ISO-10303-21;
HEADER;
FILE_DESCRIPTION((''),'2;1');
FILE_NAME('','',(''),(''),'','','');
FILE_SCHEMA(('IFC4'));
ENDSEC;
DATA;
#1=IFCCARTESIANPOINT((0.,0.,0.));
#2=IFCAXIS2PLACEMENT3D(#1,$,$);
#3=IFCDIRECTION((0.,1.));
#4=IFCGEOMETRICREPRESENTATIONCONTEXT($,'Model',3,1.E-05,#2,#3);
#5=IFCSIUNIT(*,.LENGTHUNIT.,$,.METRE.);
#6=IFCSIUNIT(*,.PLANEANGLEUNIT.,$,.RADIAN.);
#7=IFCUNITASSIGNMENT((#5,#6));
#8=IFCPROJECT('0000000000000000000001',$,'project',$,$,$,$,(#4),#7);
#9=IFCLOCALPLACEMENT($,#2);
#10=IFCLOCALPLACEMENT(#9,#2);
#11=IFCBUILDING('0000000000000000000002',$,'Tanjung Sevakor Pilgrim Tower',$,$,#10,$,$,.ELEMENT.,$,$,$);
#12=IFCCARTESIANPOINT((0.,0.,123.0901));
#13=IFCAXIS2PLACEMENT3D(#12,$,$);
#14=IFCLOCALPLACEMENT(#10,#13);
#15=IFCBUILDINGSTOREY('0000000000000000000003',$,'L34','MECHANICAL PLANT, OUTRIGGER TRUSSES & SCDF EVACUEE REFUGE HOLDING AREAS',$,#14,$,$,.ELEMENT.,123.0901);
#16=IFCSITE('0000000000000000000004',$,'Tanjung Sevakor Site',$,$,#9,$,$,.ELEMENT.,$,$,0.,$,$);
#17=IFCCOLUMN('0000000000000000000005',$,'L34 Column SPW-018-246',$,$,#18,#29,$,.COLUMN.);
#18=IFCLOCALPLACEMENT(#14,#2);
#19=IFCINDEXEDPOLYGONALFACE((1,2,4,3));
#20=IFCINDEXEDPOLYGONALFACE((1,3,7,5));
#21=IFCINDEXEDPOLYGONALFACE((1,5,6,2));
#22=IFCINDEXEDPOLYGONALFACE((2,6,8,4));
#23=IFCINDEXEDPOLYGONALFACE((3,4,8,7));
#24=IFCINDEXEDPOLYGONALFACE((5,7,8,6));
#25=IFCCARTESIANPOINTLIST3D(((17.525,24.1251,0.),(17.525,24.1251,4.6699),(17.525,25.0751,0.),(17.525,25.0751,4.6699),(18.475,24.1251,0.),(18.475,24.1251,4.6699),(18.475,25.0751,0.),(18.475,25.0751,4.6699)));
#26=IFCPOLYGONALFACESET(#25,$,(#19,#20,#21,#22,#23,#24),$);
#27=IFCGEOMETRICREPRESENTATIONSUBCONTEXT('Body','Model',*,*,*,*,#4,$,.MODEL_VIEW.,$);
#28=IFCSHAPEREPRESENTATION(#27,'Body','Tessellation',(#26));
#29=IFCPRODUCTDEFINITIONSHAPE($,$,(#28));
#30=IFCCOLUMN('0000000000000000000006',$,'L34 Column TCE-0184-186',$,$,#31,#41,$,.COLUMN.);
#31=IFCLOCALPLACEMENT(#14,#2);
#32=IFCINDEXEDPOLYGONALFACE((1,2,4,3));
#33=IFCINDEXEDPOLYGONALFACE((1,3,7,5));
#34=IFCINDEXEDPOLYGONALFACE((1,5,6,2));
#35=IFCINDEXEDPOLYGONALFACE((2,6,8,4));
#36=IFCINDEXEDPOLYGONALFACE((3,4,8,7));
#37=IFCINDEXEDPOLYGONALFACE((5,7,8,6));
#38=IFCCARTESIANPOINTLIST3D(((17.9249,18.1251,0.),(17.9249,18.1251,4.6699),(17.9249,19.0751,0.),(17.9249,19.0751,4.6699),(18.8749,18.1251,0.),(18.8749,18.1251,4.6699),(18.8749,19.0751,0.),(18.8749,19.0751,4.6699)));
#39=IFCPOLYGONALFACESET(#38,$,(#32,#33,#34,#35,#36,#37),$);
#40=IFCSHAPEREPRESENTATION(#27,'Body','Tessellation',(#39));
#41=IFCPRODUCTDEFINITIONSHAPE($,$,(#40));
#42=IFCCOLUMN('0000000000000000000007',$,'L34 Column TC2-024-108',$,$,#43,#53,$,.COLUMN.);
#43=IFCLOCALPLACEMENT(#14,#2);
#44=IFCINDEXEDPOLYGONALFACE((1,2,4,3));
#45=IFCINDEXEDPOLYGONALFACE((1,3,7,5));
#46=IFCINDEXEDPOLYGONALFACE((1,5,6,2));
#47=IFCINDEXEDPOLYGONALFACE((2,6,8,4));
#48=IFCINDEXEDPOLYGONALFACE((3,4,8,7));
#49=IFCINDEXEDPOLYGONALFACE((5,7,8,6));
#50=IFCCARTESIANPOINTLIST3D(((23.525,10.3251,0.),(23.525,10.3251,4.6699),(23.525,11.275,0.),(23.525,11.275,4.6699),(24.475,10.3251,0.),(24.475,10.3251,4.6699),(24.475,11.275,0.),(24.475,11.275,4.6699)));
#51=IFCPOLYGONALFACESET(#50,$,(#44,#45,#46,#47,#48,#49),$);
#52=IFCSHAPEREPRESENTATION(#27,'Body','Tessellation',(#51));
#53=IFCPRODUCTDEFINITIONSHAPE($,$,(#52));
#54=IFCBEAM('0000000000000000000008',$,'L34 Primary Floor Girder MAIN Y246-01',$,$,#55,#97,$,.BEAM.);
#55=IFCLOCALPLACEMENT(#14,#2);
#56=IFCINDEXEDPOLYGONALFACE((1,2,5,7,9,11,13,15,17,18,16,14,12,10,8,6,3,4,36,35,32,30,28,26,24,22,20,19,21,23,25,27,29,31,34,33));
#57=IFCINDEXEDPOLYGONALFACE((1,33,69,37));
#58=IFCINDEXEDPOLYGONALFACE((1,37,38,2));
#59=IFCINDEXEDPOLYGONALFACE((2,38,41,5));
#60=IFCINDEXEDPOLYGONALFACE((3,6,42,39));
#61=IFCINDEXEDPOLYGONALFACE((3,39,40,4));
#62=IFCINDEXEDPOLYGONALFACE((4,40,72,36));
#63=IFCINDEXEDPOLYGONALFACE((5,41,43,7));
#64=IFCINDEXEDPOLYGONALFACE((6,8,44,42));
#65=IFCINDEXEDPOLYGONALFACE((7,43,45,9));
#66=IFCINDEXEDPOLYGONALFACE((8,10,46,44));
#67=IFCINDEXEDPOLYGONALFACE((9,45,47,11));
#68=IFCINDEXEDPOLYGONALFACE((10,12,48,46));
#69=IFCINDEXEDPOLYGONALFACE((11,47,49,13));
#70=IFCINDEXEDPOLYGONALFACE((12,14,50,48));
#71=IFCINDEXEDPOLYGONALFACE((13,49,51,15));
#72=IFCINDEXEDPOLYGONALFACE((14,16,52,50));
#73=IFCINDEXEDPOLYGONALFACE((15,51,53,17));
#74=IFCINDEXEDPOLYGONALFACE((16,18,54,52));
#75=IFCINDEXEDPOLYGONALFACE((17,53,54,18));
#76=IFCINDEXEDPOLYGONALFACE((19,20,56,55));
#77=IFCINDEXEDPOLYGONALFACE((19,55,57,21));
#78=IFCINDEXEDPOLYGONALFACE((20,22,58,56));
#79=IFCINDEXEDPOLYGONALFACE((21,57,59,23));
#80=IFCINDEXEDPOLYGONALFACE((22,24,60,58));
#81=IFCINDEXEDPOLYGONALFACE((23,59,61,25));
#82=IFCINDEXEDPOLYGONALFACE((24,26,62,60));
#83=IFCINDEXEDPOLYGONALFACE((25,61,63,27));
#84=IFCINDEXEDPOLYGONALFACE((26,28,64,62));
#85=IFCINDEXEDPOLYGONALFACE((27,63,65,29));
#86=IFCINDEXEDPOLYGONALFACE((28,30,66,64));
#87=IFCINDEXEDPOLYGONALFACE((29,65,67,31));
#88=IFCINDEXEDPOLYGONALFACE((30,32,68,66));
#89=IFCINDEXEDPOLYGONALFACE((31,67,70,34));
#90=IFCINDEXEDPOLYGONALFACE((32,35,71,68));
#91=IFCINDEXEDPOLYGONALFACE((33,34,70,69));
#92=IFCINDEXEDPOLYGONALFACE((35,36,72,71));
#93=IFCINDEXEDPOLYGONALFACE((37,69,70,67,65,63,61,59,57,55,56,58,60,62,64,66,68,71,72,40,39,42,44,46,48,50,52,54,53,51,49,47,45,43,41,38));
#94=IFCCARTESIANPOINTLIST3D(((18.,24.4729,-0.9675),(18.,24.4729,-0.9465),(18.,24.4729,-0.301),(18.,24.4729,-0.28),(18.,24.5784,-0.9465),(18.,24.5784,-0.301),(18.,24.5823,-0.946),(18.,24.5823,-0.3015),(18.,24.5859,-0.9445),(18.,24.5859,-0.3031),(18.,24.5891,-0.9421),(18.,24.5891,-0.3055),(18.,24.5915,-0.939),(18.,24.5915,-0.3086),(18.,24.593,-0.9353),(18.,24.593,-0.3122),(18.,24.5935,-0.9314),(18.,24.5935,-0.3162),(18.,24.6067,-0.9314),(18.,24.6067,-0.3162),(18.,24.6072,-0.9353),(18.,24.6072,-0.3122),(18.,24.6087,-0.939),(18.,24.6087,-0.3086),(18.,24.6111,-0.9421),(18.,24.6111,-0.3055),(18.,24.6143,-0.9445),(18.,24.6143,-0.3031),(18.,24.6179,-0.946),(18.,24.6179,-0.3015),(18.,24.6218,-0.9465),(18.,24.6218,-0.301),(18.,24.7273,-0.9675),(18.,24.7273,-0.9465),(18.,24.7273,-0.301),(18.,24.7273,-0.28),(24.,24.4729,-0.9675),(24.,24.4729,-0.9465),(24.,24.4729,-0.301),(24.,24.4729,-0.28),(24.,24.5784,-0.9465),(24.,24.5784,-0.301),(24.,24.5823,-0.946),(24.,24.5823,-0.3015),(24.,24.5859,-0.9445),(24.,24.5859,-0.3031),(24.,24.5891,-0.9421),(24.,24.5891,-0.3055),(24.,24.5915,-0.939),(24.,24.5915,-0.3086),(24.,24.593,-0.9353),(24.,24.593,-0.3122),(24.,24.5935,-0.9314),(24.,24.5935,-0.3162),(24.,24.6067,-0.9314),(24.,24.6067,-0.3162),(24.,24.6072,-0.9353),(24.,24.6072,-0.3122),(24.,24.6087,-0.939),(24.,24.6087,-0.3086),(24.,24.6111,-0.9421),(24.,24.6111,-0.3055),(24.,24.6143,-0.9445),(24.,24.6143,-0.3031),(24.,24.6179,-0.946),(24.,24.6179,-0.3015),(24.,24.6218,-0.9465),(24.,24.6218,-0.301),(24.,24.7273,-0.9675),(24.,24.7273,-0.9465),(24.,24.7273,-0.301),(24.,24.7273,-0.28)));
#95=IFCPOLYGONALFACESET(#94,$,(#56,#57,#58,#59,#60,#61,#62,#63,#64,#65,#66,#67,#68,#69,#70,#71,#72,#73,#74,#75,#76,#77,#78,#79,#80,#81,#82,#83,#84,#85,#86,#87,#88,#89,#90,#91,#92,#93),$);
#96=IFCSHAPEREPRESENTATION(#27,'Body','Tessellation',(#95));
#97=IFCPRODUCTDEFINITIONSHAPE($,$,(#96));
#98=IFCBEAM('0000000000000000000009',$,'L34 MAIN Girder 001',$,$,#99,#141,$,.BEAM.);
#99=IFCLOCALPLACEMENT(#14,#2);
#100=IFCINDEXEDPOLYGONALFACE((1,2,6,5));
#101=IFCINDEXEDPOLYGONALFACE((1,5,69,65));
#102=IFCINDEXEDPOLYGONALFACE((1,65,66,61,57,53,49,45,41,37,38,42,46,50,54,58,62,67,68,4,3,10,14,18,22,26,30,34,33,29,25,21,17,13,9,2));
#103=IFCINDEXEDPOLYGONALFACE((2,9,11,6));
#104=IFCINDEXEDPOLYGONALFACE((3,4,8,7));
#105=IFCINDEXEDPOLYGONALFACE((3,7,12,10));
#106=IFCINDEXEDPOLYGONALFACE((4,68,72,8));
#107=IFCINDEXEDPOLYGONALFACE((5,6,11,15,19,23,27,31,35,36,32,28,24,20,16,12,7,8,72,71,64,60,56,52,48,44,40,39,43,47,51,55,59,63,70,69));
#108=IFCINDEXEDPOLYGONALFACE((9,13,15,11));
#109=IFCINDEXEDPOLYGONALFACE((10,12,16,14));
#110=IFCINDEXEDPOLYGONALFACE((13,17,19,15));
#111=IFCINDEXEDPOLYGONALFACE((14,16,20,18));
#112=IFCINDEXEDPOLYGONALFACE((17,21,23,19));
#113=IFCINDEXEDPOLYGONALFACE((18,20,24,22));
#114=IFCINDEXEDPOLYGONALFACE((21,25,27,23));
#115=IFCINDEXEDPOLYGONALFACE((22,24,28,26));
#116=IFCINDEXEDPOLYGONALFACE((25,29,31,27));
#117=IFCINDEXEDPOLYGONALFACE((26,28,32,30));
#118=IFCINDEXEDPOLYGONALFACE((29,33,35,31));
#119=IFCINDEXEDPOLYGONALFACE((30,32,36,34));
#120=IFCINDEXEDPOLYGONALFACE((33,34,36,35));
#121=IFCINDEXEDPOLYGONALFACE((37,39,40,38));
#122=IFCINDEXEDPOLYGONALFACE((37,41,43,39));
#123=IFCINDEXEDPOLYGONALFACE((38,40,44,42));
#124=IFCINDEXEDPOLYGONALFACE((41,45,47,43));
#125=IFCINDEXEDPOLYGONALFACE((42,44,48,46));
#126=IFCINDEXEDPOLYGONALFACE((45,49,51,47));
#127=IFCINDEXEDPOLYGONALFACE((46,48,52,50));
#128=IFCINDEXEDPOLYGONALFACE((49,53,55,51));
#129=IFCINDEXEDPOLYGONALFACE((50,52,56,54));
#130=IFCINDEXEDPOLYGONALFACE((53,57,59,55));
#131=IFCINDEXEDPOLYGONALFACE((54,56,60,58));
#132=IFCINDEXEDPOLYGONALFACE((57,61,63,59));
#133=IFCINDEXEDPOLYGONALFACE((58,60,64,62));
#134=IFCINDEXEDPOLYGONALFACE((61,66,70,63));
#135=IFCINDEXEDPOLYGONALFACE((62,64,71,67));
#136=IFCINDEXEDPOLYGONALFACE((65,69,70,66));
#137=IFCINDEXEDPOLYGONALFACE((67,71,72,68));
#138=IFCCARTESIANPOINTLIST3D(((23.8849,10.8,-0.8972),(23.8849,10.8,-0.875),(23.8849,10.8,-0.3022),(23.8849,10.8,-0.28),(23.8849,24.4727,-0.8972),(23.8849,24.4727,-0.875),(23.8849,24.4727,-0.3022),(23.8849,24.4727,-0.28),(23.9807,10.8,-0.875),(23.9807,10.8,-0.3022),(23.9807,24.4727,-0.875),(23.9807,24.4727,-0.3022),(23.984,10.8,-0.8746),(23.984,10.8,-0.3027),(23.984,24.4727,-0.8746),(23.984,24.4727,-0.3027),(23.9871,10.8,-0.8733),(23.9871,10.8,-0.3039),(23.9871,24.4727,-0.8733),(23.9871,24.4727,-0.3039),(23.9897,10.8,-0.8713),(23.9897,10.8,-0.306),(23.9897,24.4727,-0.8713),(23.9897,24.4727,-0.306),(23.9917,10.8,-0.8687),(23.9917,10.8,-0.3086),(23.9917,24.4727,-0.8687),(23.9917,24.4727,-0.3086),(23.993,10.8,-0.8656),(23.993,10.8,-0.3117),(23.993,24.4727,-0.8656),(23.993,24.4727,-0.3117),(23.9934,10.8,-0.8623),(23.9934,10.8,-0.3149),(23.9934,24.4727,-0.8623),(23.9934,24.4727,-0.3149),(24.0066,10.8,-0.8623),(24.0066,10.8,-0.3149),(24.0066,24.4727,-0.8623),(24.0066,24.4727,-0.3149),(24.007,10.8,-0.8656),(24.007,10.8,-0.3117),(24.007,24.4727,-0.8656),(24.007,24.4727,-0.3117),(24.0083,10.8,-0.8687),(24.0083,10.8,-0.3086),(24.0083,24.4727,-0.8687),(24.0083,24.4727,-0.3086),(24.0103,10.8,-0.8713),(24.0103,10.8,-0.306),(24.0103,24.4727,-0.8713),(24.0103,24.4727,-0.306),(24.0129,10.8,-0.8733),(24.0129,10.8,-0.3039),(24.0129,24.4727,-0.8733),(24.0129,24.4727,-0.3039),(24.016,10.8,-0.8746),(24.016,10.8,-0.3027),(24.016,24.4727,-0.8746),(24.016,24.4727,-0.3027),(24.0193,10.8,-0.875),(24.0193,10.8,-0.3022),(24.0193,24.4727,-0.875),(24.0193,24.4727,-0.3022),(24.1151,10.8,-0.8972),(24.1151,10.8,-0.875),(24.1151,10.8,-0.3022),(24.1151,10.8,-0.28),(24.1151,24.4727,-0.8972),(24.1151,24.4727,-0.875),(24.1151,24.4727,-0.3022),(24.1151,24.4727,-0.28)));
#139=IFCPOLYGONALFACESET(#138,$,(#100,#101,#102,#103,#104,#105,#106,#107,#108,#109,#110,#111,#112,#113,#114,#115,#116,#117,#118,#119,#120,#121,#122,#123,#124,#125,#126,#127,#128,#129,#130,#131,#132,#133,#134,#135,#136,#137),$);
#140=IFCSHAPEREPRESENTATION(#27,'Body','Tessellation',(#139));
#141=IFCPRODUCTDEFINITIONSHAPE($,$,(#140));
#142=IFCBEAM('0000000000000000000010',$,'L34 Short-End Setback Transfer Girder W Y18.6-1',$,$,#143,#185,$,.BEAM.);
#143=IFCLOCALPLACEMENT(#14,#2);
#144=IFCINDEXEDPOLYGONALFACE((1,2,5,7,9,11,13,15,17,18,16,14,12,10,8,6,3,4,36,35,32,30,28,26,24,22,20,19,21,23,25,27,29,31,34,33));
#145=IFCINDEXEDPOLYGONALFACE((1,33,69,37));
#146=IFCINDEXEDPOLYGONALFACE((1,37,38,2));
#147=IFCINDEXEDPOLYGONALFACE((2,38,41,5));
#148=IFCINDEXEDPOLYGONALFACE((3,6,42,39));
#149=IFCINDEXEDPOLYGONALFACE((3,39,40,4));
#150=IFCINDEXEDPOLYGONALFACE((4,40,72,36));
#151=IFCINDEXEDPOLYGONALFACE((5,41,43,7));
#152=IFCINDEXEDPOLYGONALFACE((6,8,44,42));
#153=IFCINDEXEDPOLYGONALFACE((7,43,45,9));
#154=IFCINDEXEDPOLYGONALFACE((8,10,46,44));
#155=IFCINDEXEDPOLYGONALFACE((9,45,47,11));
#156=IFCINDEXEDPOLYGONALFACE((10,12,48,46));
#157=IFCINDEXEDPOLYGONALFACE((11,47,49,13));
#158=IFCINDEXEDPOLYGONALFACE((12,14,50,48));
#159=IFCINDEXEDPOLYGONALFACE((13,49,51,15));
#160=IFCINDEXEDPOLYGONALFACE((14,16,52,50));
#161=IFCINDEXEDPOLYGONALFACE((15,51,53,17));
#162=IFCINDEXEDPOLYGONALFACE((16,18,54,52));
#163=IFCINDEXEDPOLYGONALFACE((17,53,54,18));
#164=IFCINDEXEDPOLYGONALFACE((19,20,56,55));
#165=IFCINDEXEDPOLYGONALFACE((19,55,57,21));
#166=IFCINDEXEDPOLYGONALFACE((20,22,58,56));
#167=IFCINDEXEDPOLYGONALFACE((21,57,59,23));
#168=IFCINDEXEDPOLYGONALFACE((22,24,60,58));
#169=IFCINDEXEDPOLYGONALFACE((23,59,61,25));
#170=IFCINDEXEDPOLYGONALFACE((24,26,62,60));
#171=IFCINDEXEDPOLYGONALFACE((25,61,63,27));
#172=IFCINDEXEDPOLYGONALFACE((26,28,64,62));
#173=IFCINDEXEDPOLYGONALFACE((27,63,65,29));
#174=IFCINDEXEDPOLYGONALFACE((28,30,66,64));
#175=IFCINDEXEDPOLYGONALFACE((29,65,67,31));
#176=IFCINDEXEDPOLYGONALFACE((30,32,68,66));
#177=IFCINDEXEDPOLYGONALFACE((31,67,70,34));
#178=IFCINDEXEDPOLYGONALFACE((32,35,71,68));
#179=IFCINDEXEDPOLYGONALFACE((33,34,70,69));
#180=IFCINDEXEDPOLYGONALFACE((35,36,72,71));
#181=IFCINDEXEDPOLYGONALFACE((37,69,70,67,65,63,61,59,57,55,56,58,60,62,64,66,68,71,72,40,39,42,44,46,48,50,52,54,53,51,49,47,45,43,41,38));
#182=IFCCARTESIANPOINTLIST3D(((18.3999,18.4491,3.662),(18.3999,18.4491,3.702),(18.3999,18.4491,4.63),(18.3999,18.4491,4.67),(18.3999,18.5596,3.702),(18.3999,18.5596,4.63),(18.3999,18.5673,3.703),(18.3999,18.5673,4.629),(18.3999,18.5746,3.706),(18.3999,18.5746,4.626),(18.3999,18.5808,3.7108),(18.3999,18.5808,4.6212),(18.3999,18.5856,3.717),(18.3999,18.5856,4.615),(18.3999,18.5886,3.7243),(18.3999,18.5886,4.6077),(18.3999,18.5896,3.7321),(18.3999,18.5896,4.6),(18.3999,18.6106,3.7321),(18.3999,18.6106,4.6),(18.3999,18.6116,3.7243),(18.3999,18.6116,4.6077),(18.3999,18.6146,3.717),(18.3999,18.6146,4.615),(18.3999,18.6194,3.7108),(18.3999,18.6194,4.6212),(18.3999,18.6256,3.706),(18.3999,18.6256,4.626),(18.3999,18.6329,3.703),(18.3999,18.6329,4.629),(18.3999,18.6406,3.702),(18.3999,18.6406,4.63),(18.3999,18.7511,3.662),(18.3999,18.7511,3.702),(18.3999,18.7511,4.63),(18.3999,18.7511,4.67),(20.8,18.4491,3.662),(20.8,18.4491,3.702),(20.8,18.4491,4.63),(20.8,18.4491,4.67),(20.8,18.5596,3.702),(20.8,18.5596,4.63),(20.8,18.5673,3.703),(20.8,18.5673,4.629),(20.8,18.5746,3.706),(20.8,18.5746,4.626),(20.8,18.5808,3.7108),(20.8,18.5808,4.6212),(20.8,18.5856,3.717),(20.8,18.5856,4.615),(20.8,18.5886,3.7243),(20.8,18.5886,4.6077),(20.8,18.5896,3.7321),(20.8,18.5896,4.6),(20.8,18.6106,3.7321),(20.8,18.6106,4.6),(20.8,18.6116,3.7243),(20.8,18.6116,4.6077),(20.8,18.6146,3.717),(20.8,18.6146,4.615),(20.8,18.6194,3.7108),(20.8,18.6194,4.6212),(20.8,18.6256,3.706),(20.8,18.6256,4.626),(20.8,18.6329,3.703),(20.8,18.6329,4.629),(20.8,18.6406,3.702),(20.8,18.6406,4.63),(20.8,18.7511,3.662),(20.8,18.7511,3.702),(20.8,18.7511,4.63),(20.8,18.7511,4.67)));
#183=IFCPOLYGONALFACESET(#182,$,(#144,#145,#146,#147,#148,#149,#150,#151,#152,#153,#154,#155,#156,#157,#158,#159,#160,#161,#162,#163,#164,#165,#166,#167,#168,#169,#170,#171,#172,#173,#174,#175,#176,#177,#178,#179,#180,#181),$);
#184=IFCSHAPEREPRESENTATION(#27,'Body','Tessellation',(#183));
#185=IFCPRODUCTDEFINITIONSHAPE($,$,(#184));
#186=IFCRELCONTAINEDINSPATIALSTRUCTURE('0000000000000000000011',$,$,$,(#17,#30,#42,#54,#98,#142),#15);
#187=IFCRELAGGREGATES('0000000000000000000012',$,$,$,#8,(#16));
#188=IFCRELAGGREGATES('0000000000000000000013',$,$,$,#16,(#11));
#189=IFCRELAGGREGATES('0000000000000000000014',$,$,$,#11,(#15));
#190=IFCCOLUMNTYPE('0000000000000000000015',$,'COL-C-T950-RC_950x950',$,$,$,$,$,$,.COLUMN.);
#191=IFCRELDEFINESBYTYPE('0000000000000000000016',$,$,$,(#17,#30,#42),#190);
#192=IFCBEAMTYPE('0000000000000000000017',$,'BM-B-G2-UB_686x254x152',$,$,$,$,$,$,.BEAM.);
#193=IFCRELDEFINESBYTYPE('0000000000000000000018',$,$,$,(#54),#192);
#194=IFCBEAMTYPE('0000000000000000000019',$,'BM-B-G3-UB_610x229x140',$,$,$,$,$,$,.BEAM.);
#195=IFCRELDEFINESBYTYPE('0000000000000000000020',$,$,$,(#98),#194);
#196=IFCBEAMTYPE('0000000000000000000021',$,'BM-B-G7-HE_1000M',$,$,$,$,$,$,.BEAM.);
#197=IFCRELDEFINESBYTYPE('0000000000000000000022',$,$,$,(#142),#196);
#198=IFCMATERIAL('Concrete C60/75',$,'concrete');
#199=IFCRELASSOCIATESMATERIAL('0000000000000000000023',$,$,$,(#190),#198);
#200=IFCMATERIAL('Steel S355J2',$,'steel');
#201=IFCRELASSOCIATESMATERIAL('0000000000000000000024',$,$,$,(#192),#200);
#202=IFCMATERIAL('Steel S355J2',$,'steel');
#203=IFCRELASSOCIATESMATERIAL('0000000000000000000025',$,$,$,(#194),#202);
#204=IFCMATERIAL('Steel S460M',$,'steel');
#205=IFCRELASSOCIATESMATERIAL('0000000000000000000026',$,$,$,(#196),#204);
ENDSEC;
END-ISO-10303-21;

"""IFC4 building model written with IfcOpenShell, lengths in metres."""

from ifc_helpers import new_model, si_unit, direction, frame, origin, origin_2d, place, context, subcontext, project, spatial, rectangle, i_section, extrude, material, material_profile, profile_set, type_object, element, save


model = new_model("IFC4")

# Units and contexts
model_context = context("Model", 3, precision=1e-05, world=origin(), true_north=direction((0.0, 1.0)))
body_context = subcontext(model_context, "Body", "Model", "MODEL_VIEW")
ifc_project = project(units=[si_unit("LENGTHUNIT", "METRE"), si_unit("PLANEANGLEUNIT", "RADIAN")], contexts=[model_context])

# Site, building, storey
site_placement = place(None, origin())
site = spatial("IfcSite", under=ifc_project, at=site_placement, Name="Tanjung Sevakor Site", CompositionType="ELEMENT", RefElevation=0.0)
building_placement = place(site_placement, origin())
building = spatial("IfcBuilding", under=site, at=building_placement, Name="Tanjung Sevakor Pilgrim Tower", CompositionType="ELEMENT")
storey_placement = place(building_placement, frame((0.0, 0.0, 123.0901)))
storey = spatial("IfcBuildingStorey", under=building, at=storey_placement, Name="L34", Description="MECHANICAL PLANT, OUTRIGGER TRUSSES & SCDF EVACUEE REFUGE HOLDING AREAS", CompositionType="ELEMENT", Elevation=123.0901)

# Columns
ifc_material_1 = material(Name="Concrete C60/75", Category="concrete")
ifc_material_profile_1 = material_profile(ifc_material_1, rectangle(XDim=0.95, YDim=0.95, at=origin_2d()))
ifc_profile_set_1 = profile_set([ifc_material_profile_1], Name="Concrete C60/75")
column_type = type_object("IfcColumnType", Name="COL-C-T950-RC_950x950", PredefinedType="COLUMN", material=ifc_profile_set_1)
for number, where, z_axis, x_axis, name in (
    (1, (18.0, 24.6001, 0.0), (0.0, 0.0, 1.0), (1.0, 0.0, 0.0), "L34 Column SPW-018-246"),
    (2, (18.3999, 18.6001, 0.0), (0.0, 0.0, 1.0), (1.0, 0.0, 0.0), "L34 Column TCE-0184-186"),
    (3, (24.0, 10.8, 0.0), (0.0, 0.0, 1.0), (1.0, 0.0, 0.0), "L34 Column TC2-024-108"),
):
    element("IfcColumn", number, at=place(storey_placement, frame(where, z_axis=z_axis, x_axis=x_axis)), inside=storey, type_object=column_type, Name=name, PredefinedType="COLUMN", context=body_context, shape_type="SweptSolid", body=[
        extrude(rectangle(XDim=0.95, YDim=0.95, at=origin_2d()), origin(), (0.0, 0.0, 1.0), 4.6699),
    ])

# Beams
ifc_material_2 = material(Name="Steel S355J2", Category="steel")
ifc_material_profile_2 = material_profile(ifc_material_2, i_section(OverallWidth=0.2544, OverallDepth=0.6875, WebThickness=0.0132, FlangeThickness=0.021, FilletRadius=0.0151, at=origin_2d()))
ifc_profile_set_2 = profile_set([ifc_material_profile_2], Name="Steel S355J2")
beam_type_1 = type_object("IfcBeamType", Name="BM-B-G2-UB_686x254x152", PredefinedType="BEAM", material=ifc_profile_set_2)
beam_1_placement = place(storey_placement, frame((18.0, 24.6001, -0.6238), z_axis=(1.0, 0.0, 0.0), x_axis=(0.0, 1.0, 0.0)))
element("IfcBeam", 4, at=beam_1_placement, inside=storey, type_object=beam_type_1, Name="L34 Primary Floor Girder MAIN Y246-01", PredefinedType="BEAM", context=body_context, shape_type="SweptSolid", body=[
    extrude(i_section(OverallWidth=0.2544, OverallDepth=0.6875, WebThickness=0.0132, FlangeThickness=0.021, FilletRadius=0.0151, at=origin_2d()), origin(), (0.0, 0.0, 1.0), 6.0),
])
ifc_material_3 = material(Name="Steel S355J2", Category="steel")
ifc_material_profile_3 = material_profile(ifc_material_3, i_section(OverallWidth=0.2302, OverallDepth=0.6172, WebThickness=0.0132, FlangeThickness=0.0222, FilletRadius=0.0127, at=origin_2d()))
ifc_profile_set_3 = profile_set([ifc_material_profile_3], Name="Steel S355J2")
beam_type_2 = type_object("IfcBeamType", Name="BM-B-G3-UB_610x229x140", PredefinedType="BEAM", material=ifc_profile_set_3)
beam_2_placement = place(storey_placement, frame((24.0, 10.8, -0.5886), z_axis=(0.0, 1.0, 0.0), x_axis=(-1.0, 0.0, 0.0)))
element("IfcBeam", 5, at=beam_2_placement, inside=storey, type_object=beam_type_2, Name="L34 MAIN Girder 001", PredefinedType="BEAM", context=body_context, shape_type="SweptSolid", body=[
    extrude(i_section(OverallWidth=0.2302, OverallDepth=0.6172, WebThickness=0.0132, FlangeThickness=0.0222, FilletRadius=0.0127, at=origin_2d()), origin(), (0.0, 0.0, 1.0), 13.6726),
])
ifc_material_4 = material(Name="Steel S460M", Category="steel")
ifc_material_profile_4 = material_profile(ifc_material_4, i_section(OverallWidth=0.302, OverallDepth=1.0081, WebThickness=0.021, FlangeThickness=0.04, FilletRadius=0.03, at=origin_2d()))
ifc_profile_set_4 = profile_set([ifc_material_profile_4], Name="Steel S460M")
beam_type_3 = type_object("IfcBeamType", Name="BM-B-G7-HE_1000M", PredefinedType="BEAM", material=ifc_profile_set_4)
beam_3_placement = place(storey_placement, frame((18.3999, 18.6001, 4.166), z_axis=(1.0, 0.0, 0.0), x_axis=(0.0, 1.0, 0.0)))
element("IfcBeam", 6, at=beam_3_placement, inside=storey, type_object=beam_type_3, Name="L34 Short-End Setback Transfer Girder W Y18.6-1", PredefinedType="BEAM", context=body_context, shape_type="SweptSolid", body=[
    extrude(i_section(OverallWidth=0.302, OverallDepth=1.0081, WebThickness=0.021, FlangeThickness=0.04, FilletRadius=0.03, at=origin_2d()), origin(), (0.0, 0.0, 1.0), 2.4001),
])

save(model, "model.ifc")
